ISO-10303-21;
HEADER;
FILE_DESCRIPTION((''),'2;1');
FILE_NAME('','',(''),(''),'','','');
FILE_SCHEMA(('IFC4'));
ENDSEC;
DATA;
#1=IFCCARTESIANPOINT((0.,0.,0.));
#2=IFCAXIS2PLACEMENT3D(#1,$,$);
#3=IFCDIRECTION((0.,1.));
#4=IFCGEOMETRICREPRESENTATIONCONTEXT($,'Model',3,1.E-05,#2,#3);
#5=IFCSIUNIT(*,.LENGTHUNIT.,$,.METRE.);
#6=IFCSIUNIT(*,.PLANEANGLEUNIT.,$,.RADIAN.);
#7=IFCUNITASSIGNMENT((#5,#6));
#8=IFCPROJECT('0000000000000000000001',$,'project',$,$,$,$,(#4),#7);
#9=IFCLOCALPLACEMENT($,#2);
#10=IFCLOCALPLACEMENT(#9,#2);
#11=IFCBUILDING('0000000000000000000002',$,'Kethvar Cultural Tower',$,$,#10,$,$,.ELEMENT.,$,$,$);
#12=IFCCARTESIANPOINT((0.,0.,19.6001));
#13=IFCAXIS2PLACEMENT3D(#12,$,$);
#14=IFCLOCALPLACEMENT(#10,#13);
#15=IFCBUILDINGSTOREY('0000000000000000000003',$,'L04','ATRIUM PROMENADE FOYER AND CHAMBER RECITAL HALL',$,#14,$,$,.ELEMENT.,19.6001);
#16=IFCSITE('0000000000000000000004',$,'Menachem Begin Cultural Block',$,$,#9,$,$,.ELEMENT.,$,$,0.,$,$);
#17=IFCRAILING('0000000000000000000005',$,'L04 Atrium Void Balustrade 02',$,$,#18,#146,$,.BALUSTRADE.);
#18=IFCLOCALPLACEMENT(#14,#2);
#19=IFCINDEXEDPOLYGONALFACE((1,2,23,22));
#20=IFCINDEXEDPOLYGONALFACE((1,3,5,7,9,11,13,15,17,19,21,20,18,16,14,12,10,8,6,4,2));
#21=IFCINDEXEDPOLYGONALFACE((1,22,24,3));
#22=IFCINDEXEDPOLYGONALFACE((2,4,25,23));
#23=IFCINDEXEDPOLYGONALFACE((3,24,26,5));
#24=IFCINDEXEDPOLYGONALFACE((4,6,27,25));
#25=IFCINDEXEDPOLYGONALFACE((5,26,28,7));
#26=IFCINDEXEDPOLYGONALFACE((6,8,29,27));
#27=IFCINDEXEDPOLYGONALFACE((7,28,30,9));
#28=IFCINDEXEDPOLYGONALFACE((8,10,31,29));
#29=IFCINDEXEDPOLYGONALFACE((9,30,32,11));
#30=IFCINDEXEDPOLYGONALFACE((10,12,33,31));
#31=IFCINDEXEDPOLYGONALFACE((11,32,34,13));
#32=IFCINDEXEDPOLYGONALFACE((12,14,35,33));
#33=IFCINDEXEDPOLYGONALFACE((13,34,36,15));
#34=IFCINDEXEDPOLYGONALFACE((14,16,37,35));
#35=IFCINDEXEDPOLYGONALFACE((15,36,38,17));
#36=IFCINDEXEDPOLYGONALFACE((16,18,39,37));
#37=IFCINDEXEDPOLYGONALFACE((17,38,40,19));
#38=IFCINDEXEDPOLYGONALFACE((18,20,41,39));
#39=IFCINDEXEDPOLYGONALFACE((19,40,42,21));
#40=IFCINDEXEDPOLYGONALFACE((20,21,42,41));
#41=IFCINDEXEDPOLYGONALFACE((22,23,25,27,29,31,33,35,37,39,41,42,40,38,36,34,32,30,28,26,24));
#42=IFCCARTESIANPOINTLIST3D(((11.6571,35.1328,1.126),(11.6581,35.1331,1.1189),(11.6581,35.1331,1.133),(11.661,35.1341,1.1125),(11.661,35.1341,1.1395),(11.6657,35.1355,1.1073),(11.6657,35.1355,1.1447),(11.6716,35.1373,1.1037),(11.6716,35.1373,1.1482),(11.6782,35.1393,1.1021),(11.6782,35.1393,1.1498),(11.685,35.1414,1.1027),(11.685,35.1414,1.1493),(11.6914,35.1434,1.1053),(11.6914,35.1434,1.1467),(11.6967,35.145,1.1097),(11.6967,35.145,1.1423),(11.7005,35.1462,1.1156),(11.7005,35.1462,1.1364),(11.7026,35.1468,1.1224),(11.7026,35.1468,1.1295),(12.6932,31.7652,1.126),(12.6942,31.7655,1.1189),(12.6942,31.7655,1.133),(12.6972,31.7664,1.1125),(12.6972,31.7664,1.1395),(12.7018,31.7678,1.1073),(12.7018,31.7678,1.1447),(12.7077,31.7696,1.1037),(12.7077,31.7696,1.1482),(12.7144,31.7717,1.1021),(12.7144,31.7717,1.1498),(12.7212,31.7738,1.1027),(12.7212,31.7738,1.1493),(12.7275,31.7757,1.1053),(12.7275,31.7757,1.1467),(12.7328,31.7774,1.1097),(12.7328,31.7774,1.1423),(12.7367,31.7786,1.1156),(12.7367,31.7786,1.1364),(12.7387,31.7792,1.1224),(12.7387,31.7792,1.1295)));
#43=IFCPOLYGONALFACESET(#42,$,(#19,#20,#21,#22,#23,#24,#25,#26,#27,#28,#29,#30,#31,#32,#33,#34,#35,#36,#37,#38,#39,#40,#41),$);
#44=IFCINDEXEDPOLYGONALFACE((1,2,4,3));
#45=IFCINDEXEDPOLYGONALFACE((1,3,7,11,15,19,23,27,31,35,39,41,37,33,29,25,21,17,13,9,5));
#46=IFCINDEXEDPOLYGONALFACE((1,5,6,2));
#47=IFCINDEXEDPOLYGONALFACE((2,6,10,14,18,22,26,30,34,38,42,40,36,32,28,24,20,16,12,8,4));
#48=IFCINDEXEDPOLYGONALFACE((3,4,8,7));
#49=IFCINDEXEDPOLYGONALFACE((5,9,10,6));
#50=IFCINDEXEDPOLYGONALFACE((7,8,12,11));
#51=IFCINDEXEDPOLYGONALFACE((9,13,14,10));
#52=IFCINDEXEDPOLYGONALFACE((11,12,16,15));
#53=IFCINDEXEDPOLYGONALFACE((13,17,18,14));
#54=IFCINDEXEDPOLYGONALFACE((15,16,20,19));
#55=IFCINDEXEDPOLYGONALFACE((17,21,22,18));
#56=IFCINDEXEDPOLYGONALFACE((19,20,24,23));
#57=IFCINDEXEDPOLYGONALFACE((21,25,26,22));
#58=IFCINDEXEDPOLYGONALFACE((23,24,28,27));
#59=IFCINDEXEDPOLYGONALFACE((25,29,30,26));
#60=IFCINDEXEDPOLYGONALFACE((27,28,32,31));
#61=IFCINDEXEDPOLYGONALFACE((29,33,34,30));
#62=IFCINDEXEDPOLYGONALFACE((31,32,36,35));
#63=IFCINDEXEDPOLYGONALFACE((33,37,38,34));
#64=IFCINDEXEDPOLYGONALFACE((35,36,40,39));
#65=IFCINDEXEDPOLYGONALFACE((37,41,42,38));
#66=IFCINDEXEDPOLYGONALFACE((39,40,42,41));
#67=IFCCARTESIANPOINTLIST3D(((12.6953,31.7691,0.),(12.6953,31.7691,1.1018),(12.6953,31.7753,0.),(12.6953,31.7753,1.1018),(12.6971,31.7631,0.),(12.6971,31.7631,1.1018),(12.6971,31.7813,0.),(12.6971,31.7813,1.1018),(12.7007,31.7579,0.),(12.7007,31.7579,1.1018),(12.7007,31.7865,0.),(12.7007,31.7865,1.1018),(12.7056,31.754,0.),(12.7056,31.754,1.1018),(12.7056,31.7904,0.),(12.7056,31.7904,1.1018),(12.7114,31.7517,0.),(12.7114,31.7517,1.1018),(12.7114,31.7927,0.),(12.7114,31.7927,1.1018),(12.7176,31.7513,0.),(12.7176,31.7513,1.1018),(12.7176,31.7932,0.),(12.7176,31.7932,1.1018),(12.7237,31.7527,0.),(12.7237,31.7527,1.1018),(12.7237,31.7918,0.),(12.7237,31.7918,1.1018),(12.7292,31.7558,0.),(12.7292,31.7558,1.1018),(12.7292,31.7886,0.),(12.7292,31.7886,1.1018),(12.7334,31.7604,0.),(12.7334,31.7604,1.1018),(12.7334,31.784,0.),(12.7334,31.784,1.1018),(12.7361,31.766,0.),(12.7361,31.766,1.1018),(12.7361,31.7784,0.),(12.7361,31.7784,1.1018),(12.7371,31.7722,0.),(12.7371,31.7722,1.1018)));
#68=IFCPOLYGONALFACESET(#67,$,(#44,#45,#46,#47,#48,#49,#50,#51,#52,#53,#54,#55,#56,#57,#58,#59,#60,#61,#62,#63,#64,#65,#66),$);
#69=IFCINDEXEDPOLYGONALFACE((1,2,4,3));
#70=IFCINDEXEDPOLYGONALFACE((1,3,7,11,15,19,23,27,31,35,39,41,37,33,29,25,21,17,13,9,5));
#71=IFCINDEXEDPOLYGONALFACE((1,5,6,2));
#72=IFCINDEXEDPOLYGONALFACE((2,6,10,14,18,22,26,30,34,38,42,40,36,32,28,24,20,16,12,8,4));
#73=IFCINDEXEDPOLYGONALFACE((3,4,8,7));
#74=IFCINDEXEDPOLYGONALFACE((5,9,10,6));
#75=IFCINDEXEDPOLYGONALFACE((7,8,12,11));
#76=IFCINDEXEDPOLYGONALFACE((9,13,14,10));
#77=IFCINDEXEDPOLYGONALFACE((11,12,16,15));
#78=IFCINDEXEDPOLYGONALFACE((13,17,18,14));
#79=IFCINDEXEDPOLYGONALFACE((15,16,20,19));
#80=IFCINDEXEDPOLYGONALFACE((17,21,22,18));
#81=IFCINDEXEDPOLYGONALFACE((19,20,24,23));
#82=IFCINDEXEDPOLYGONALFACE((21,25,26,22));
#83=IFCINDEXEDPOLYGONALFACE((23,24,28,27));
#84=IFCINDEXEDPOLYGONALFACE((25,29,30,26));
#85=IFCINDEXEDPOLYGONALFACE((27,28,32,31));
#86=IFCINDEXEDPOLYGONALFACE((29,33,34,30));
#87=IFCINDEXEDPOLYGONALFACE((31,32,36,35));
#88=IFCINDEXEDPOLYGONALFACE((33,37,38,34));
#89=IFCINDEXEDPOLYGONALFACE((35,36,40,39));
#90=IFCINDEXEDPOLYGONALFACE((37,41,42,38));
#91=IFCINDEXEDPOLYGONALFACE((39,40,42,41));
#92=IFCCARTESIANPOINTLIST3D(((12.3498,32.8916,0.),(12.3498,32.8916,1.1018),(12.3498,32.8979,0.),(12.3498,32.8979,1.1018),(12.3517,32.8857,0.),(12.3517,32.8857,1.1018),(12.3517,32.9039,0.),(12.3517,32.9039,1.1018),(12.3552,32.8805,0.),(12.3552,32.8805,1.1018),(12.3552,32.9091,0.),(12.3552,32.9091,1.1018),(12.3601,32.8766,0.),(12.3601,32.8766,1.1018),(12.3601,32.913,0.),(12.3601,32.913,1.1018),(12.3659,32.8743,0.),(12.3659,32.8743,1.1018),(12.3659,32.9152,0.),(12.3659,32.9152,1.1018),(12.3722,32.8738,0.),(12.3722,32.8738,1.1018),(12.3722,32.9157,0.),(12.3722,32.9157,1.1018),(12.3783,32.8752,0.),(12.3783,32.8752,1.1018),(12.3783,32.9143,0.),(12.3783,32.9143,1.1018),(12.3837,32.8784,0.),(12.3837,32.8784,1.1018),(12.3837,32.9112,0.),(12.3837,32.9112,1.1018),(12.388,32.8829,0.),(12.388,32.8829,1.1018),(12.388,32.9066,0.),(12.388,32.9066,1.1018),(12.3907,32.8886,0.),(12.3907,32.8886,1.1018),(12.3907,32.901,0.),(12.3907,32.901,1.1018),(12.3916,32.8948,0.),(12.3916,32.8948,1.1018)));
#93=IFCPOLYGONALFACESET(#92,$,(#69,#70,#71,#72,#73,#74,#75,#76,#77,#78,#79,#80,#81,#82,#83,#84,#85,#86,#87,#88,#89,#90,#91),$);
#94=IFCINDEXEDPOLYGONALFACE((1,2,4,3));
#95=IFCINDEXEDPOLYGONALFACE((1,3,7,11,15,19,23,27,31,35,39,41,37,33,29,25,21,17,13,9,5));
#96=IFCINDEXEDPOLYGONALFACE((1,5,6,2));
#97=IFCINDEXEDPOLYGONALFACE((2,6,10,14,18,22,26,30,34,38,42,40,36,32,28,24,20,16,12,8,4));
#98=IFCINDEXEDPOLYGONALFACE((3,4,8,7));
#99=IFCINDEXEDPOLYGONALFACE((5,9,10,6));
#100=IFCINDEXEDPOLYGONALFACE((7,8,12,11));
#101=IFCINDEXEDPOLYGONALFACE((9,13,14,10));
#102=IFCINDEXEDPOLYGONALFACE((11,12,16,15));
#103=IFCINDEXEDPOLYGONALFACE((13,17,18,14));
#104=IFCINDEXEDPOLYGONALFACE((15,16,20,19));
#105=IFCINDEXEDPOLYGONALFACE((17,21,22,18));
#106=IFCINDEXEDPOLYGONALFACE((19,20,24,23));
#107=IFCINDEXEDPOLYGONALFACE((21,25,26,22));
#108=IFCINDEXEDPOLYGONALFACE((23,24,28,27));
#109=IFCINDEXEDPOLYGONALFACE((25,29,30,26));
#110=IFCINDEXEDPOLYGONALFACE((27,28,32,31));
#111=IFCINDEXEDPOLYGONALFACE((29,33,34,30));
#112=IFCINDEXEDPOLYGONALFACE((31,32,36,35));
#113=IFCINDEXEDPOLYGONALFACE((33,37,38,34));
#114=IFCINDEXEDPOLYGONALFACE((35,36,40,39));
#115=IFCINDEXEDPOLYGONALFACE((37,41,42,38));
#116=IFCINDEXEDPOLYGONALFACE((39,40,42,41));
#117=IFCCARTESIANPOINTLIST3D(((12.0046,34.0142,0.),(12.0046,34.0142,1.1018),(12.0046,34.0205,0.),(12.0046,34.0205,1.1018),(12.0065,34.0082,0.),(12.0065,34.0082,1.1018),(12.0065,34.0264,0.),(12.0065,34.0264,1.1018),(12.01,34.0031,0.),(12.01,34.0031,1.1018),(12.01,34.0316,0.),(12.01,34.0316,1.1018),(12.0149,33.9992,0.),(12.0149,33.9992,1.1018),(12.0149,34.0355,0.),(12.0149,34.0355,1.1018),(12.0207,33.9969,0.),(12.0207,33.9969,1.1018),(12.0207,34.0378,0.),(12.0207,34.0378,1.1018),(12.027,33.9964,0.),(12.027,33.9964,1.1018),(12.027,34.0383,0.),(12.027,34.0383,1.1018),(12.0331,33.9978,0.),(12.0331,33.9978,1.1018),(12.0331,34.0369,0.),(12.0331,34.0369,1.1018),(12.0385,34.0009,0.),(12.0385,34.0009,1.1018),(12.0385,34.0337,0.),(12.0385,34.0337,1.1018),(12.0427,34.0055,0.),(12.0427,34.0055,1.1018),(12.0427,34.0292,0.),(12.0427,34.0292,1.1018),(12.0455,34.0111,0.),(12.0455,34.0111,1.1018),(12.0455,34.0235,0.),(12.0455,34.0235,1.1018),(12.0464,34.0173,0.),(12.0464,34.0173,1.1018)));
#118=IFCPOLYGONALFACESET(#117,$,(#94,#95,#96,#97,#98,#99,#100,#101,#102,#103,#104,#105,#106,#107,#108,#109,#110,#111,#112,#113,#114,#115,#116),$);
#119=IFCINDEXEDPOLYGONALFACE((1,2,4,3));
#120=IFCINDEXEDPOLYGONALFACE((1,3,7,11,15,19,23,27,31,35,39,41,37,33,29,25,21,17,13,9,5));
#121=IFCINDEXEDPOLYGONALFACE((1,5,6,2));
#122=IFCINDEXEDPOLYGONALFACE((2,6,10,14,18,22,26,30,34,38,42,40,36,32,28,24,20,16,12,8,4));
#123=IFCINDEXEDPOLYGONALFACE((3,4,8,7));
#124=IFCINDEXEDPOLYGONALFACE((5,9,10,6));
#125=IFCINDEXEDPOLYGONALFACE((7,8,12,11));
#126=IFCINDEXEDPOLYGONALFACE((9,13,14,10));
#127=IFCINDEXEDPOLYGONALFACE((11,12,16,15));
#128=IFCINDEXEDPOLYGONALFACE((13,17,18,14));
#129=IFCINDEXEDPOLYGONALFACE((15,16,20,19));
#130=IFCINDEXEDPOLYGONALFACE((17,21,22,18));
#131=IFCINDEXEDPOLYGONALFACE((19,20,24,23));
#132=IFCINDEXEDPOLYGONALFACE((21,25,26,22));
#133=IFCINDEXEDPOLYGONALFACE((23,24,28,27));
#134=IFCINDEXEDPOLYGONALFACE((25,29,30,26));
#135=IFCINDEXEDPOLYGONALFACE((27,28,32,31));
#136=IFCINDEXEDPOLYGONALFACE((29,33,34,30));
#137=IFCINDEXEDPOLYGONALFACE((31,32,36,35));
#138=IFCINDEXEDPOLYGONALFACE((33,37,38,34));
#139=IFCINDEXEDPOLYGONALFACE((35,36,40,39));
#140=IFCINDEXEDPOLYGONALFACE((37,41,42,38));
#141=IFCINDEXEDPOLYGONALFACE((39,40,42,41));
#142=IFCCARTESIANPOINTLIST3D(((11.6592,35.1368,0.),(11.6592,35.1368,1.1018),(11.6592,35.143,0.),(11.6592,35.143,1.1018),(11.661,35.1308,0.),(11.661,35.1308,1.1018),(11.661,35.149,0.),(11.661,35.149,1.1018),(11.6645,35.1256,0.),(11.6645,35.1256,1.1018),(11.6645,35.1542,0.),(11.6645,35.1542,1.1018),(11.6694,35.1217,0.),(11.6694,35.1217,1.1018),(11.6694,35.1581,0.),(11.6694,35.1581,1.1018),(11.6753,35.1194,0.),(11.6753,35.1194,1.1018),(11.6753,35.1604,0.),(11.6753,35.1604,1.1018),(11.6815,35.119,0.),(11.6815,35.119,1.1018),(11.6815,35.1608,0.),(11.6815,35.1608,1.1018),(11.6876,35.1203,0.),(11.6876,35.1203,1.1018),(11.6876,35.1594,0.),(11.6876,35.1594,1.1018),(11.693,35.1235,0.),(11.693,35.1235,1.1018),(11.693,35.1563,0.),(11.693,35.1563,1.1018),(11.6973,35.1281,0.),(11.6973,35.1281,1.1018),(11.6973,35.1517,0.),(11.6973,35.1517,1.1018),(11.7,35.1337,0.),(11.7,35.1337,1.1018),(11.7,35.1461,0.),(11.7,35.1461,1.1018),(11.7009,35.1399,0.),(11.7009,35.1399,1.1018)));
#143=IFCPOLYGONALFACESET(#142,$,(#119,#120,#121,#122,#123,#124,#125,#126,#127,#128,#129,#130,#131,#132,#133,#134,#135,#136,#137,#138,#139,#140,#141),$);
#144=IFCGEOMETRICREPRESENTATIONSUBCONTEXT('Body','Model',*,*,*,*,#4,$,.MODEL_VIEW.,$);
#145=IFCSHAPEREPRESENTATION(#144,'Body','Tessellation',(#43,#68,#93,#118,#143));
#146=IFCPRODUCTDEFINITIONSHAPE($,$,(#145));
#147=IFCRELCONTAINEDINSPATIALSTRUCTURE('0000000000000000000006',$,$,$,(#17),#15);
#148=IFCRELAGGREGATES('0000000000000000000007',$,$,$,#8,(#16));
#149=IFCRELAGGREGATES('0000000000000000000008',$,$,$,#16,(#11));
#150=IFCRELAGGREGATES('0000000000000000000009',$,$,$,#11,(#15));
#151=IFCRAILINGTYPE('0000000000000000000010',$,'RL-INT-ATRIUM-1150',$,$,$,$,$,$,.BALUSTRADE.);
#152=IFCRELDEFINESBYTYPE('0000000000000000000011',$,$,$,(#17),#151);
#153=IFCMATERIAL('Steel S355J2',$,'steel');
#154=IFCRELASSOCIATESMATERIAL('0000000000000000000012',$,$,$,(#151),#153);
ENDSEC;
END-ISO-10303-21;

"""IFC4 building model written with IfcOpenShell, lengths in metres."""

from ifc_helpers import new_model, si_unit, direction, frame, origin, origin_2d, place, context, subcontext, project, spatial, circle, extrude, material, type_object, element, save


model = new_model("IFC4")

# Units and contexts
model_context = context("Model", 3, precision=1e-05, world=origin(), true_north=direction((0.0, 1.0)))
body_context = subcontext(model_context, "Body", "Model", "MODEL_VIEW")
ifc_project = project(units=[si_unit("LENGTHUNIT", "METRE"), si_unit("PLANEANGLEUNIT", "RADIAN")], contexts=[model_context])

# Site, building, storey
site_placement = place(None, origin())
site = spatial("IfcSite", under=ifc_project, at=site_placement, Name="Menachem Begin Cultural Block", CompositionType="ELEMENT", RefElevation=0.0)
building_placement = place(site_placement, origin())
building = spatial("IfcBuilding", under=site, at=building_placement, Name="Kethvar Cultural Tower", CompositionType="ELEMENT")
storey_placement = place(building_placement, frame((0.0, 0.0, 19.6001)))
storey = spatial("IfcBuildingStorey", under=building, at=storey_placement, Name="L04", Description="ATRIUM PROMENADE FOYER AND CHAMBER RECITAL HALL", CompositionType="ELEMENT", Elevation=19.6001)

# Shared definitions
ifc_material_1 = material(Name="Steel S355J2", Category="steel")

# Railing
railing_type_1 = type_object("IfcRailingType", Name="RL-INT-ATRIUM-1150", PredefinedType="BALUSTRADE", material=ifc_material_1)
railing_1_placement = place(storey_placement, frame((12.7161, 31.7722, 0.0)))
element("IfcRailing", 1, at=railing_1_placement, inside=storey, type_object=railing_type_1, Name="L04 Atrium Void Balustrade 02", PredefinedType="BALUSTRADE", context=body_context, shape_type="SweptSolid", body=[
    extrude(circle(Radius=0.0239, at=origin_2d()), frame((0.0, 0.0, 1.126), z_axis=(-0.294066, 0.955785, 0.0), x_axis=(-0.955785, -0.294066, 0.0)), (0.0, 0.0, 1.0), 3.5234),
    extrude(circle(Radius=0.021, at=origin_2d()), origin(), (0.0, 0.0, 1.0), 1.1018),
    extrude(circle(Radius=0.021, at=origin_2d()), frame((-0.3455, 1.1226, 0.0)), (0.0, 0.0, 1.0), 1.1018),
    extrude(circle(Radius=0.021, at=origin_2d()), frame((-0.6907, 2.2451, 0.0)), (0.0, 0.0, 1.0), 1.1018),
    extrude(circle(Radius=0.021, at=origin_2d()), frame((-1.0361, 3.3677, 0.0)), (0.0, 0.0, 1.0), 1.1018),
])

save(model, "model.ifc")
